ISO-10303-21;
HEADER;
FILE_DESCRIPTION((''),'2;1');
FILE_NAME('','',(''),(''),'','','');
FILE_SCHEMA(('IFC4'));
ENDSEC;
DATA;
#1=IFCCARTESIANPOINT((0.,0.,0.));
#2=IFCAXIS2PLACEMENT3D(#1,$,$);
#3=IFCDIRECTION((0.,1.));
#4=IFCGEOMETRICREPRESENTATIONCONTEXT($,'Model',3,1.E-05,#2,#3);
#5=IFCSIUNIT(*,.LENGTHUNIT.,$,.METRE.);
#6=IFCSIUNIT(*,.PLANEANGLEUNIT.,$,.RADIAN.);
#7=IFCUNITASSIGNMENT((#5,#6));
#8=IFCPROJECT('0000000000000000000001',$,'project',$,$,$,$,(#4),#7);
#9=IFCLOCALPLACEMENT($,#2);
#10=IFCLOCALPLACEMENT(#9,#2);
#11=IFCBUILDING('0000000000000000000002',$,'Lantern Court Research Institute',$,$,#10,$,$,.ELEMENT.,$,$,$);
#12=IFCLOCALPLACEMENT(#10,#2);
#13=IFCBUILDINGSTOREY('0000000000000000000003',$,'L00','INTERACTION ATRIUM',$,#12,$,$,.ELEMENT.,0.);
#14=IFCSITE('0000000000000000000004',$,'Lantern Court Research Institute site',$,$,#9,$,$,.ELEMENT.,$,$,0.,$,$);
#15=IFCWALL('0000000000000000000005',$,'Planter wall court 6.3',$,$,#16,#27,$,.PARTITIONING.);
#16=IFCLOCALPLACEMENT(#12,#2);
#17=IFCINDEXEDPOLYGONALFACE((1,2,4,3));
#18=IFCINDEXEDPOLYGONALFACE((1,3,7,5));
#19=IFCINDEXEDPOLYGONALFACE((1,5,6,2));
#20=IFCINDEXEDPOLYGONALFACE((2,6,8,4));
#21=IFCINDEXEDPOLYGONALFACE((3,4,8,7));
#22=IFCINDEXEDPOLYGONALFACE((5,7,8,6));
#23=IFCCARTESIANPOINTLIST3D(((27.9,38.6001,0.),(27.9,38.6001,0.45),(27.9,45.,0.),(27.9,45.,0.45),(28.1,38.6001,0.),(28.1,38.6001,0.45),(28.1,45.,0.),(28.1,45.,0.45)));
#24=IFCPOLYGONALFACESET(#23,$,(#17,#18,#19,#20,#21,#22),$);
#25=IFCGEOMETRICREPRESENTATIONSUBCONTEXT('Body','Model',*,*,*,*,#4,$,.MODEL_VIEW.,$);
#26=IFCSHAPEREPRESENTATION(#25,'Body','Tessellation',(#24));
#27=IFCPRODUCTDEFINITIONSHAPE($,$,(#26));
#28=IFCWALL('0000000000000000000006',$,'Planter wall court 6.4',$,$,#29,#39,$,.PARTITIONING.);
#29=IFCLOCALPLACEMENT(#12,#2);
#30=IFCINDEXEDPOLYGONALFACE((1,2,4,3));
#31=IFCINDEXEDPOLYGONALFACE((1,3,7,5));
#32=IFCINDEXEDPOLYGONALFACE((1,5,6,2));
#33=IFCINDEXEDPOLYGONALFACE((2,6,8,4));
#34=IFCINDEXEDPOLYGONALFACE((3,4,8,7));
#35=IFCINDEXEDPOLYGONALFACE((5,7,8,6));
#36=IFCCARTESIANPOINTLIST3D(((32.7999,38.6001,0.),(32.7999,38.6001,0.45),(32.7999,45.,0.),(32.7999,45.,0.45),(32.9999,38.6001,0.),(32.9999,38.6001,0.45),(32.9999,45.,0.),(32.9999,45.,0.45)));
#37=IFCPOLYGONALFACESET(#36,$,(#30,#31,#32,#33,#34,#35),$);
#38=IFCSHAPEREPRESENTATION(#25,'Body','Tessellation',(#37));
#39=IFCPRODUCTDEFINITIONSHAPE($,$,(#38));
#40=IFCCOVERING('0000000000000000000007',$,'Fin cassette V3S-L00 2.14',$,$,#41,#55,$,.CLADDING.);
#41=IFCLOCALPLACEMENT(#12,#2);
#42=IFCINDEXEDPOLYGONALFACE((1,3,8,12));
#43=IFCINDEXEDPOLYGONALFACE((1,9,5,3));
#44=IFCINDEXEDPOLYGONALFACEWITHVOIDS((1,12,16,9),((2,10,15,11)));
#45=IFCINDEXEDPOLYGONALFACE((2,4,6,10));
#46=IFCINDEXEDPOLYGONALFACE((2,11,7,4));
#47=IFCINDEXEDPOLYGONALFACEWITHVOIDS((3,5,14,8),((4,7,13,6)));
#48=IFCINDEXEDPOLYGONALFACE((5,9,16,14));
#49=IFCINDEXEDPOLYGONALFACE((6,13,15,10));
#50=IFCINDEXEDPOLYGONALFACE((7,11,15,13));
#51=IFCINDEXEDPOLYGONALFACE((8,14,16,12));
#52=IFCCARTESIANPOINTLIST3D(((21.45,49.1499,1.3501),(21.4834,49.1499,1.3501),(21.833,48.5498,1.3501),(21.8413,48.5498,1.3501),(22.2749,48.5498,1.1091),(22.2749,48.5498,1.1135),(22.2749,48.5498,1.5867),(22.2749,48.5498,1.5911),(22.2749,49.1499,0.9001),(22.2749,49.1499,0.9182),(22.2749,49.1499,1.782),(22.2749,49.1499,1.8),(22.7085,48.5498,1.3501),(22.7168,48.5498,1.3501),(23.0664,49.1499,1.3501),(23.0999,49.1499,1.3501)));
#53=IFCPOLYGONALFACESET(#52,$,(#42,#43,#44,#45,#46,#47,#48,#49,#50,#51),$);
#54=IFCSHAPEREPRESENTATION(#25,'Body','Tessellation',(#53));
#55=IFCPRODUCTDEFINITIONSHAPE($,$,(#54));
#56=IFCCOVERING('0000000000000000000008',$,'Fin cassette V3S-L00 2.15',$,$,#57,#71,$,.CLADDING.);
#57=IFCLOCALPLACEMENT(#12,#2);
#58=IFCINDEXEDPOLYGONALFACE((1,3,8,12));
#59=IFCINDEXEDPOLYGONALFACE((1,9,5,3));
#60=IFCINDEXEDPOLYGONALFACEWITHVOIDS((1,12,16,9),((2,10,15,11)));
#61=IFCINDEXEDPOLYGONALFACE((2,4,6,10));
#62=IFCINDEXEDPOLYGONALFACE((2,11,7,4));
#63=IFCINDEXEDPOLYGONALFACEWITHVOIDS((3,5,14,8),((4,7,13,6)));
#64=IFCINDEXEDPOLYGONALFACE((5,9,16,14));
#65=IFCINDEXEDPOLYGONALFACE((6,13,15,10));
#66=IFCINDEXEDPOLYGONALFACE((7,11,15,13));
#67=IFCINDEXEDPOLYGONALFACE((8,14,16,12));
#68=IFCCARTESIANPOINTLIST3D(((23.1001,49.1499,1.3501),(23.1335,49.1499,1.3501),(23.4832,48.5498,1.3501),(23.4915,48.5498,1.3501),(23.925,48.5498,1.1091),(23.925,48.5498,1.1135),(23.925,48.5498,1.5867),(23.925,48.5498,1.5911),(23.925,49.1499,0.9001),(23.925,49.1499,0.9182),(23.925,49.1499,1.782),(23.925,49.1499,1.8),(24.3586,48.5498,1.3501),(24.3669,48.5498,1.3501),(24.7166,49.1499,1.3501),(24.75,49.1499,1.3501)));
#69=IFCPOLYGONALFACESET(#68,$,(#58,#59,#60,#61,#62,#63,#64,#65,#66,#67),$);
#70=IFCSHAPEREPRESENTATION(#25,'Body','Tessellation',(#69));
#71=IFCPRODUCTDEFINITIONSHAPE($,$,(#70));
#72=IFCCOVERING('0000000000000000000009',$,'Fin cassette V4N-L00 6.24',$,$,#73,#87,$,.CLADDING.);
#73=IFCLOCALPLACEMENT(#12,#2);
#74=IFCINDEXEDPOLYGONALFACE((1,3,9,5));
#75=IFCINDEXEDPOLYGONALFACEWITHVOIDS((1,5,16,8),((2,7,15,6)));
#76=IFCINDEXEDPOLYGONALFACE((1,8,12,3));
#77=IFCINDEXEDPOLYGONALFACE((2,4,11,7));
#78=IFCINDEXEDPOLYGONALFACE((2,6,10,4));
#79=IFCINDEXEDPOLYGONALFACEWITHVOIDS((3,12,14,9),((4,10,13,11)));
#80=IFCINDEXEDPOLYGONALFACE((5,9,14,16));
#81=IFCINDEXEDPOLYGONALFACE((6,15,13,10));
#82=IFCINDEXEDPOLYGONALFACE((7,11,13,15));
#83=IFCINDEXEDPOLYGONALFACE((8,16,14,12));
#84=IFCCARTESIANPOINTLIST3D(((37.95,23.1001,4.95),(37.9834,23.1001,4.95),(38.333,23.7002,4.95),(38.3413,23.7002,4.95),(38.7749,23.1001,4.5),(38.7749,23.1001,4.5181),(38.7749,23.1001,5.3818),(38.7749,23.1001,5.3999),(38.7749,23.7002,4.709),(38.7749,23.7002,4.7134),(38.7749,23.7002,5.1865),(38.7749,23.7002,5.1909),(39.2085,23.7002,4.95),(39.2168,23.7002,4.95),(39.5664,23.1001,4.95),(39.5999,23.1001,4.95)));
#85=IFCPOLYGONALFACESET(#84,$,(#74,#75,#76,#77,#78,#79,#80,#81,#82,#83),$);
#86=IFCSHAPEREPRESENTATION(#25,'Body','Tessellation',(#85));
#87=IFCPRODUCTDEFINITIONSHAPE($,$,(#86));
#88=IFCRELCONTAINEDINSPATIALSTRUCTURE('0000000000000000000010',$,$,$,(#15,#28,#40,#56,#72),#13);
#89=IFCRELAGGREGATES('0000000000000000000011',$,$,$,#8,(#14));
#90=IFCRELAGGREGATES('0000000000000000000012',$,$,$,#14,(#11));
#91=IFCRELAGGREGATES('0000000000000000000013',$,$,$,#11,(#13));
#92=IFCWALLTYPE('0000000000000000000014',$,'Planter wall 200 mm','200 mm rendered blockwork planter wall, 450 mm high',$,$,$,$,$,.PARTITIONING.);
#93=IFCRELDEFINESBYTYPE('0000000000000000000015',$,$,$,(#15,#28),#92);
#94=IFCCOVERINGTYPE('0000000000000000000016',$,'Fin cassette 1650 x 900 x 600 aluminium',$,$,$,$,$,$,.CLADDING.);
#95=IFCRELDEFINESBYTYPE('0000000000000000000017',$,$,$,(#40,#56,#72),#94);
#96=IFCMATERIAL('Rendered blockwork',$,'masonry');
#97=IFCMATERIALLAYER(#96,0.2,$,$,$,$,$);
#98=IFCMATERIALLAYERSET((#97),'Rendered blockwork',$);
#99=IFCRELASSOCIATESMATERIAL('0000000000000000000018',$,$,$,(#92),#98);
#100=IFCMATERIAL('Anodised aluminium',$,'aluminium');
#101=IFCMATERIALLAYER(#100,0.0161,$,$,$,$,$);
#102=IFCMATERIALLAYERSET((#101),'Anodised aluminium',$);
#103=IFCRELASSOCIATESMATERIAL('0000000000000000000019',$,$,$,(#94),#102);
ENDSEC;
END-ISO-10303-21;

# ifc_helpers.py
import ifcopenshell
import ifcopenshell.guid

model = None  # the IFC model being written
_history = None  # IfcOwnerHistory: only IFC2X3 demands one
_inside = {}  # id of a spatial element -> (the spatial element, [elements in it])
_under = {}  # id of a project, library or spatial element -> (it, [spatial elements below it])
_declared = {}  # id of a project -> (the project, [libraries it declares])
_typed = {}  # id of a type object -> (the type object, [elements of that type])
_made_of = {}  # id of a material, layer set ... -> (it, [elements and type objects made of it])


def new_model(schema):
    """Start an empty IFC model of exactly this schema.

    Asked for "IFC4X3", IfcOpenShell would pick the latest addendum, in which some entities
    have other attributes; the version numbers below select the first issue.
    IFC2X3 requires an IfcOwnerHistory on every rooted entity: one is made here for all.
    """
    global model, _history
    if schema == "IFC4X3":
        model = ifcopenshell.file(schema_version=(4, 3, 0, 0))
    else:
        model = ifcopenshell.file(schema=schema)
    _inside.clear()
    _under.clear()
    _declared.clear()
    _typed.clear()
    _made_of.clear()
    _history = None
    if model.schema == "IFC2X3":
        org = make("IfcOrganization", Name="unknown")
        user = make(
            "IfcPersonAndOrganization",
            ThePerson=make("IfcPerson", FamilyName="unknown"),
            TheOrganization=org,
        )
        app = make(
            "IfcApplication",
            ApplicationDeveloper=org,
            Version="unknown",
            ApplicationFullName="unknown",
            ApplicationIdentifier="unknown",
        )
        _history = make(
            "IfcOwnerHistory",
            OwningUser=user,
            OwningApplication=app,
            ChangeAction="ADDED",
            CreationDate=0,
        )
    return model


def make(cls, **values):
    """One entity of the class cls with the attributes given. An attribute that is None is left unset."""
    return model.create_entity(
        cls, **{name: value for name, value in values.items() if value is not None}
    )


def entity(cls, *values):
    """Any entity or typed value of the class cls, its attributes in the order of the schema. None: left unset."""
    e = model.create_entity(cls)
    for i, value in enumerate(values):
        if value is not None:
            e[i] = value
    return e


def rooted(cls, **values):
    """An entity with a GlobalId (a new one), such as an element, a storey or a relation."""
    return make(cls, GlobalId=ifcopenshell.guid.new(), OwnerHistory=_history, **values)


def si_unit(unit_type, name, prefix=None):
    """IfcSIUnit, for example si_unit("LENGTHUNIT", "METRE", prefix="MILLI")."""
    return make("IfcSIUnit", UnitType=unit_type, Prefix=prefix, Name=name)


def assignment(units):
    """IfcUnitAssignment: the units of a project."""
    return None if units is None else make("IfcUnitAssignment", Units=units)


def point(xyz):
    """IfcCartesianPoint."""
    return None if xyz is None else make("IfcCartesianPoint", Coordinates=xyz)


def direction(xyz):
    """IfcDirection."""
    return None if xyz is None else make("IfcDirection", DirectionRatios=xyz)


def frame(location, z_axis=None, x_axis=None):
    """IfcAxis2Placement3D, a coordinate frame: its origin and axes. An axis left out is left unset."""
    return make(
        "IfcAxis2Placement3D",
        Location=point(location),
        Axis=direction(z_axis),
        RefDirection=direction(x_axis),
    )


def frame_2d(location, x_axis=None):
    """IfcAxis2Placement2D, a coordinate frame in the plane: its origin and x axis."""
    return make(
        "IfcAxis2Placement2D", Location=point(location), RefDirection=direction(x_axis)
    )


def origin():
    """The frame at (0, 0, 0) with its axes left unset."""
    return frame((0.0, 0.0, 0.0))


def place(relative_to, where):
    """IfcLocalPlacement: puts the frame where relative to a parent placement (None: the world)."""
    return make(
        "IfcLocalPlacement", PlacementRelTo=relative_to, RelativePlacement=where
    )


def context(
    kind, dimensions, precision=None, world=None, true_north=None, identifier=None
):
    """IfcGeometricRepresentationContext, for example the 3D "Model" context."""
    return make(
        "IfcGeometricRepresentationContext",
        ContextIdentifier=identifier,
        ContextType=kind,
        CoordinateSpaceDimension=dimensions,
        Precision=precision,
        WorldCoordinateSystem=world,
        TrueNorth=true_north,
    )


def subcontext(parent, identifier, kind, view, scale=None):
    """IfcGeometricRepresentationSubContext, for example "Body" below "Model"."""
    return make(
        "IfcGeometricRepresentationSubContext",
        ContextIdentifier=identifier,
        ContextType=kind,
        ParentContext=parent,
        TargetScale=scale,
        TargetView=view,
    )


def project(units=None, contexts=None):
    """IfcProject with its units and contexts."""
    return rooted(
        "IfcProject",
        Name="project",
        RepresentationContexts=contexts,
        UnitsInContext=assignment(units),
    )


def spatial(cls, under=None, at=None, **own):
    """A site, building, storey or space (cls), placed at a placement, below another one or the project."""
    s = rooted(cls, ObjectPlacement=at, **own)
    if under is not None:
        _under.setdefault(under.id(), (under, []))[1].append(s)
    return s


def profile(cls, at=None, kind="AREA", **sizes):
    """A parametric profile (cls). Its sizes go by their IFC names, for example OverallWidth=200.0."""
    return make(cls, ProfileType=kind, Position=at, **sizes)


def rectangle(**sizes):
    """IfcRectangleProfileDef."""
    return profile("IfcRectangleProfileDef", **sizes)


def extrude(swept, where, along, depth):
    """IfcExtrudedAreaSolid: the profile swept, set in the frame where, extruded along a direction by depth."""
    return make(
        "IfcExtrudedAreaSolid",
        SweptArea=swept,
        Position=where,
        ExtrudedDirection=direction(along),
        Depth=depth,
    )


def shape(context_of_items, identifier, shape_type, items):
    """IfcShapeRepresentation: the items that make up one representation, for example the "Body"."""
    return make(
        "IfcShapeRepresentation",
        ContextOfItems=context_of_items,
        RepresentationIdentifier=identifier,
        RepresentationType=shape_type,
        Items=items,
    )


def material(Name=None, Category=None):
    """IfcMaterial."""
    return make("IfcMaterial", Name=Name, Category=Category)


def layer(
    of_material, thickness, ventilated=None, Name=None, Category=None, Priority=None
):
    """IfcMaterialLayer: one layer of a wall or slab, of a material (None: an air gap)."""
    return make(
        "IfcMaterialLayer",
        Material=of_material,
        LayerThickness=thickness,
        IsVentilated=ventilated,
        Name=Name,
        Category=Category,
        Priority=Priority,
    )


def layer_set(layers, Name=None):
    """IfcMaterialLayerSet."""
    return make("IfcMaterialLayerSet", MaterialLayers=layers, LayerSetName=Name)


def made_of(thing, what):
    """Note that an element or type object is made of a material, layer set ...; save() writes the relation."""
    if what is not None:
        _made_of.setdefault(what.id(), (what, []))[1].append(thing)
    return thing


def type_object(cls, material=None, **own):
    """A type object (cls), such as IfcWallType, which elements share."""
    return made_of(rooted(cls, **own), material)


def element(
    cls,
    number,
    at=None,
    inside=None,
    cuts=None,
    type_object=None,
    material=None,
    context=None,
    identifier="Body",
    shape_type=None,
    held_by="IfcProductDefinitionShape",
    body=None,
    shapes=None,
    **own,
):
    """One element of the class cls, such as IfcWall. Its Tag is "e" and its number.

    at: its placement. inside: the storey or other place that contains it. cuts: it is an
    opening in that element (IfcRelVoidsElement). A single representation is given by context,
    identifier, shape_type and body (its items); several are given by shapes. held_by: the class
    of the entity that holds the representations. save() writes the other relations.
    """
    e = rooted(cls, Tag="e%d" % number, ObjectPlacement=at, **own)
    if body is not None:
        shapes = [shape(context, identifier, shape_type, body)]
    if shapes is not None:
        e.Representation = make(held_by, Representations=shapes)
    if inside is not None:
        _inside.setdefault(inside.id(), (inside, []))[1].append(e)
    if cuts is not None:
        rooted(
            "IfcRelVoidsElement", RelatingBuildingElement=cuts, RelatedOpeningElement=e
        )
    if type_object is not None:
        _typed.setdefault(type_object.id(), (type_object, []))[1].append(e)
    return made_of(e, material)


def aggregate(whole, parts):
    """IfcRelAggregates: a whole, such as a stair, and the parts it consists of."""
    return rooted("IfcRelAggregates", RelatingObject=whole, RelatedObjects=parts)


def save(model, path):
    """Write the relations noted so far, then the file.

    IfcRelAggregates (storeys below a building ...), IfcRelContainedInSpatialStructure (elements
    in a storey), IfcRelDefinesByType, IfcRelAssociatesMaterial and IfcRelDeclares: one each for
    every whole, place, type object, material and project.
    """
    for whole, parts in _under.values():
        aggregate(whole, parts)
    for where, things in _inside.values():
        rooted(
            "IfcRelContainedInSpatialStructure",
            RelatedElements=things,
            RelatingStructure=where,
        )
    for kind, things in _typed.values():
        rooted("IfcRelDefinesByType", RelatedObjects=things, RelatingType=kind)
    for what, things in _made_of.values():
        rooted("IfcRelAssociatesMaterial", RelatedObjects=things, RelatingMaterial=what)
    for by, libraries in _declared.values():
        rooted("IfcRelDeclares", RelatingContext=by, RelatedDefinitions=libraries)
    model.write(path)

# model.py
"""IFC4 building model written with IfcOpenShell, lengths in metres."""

from ifc_helpers import new_model, entity, si_unit, direction, frame, frame_2d, origin, place, context, subcontext, project, spatial, rectangle, extrude, material, layer, layer_set, type_object, element, save


model = new_model("IFC4")

# Units and contexts
model_context = context("Model", 3, precision=1e-05, world=origin(), true_north=direction((0.0, 1.0)))
body_context = subcontext(model_context, "Body", "Model", "MODEL_VIEW")
ifc_project = project(units=[si_unit("LENGTHUNIT", "METRE"), si_unit("PLANEANGLEUNIT", "RADIAN")], contexts=[model_context])

# Site, building, storey
site_placement = place(None, origin())
site = spatial("IfcSite", under=ifc_project, at=site_placement, Name="Lantern Court Research Institute site", CompositionType="ELEMENT", RefElevation=0.0)
building_placement = place(site_placement, origin())
building = spatial("IfcBuilding", under=site, at=building_placement, Name="Lantern Court Research Institute", CompositionType="ELEMENT")
storey_placement = place(building_placement, origin())
storey = spatial("IfcBuildingStorey", under=building, at=storey_placement, Name="L00", Description="INTERACTION ATRIUM", CompositionType="ELEMENT", Elevation=0.0)

# Walls
ifc_material_1 = material(Name="Rendered blockwork", Category="masonry")
ifc_layer_1 = layer(ifc_material_1, 0.2)
ifc_layer_set_1 = layer_set([ifc_layer_1], Name="Rendered blockwork")
wall_type_1 = type_object("IfcWallType", Name="Planter wall 200 mm", Description="200 mm rendered blockwork planter wall, 450 mm high", PredefinedType="PARTITIONING", material=ifc_layer_set_1)
for number, where, z_axis, x_axis, name in (
    (1, (28.0, 38.6001, 0.0), (0.0, 0.0, 1.0), (0.0, 1.0, 0.0), "Planter wall court 6.3"),
    (2, (32.8999, 38.6001, 0.0), (0.0, 0.0, 1.0), (0.0, 1.0, 0.0), "Planter wall court 6.4"),
):
    element("IfcWall", number, at=place(storey_placement, frame(where, z_axis=z_axis, x_axis=x_axis)), inside=storey, type_object=wall_type_1, Name=name, PredefinedType="PARTITIONING", context=body_context, shape_type="SweptSolid", body=[
        extrude(rectangle(XDim=6.3999, YDim=0.2, at=frame_2d((3.2, 0.0))), origin(), (0.0, 0.0, 1.0), 0.45),
    ])

# Coverings
ifc_material_2 = material(Name="Anodised aluminium", Category="aluminium")
ifc_layer_2 = layer(ifc_material_2, 0.0161)
ifc_layer_set_2 = layer_set([ifc_layer_2], Name="Anodised aluminium")
covering_type = type_object("IfcCoveringType", Name="Fin cassette 1650 x 900 x 600 aluminium", PredefinedType="CLADDING", material=ifc_layer_set_2)
covering_1_placement = place(storey_placement, frame((22.2749, 49.1499, 1.3501), z_axis=(0.0, -1.0, 0.0), x_axis=(1.0, 0.0, 0.0)))
cartesian_point_1 = entity("IfcCartesianPoint", [0.825, 0.0])
cartesian_point_2 = entity("IfcCartesianPoint", [0.7915, 0.0])
cartesian_point_3 = entity("IfcCartesianPoint", [0.4419, 0.0])
cartesian_point_4 = entity("IfcCartesianPoint", [0.4336, 0.0])
element("IfcCovering", 3, at=covering_1_placement, inside=storey, type_object=covering_type, Name="Fin cassette V3S-L00 2.14", PredefinedType="CLADDING", context=body_context, shape_type="SweptSolid", body=[
    entity("IfcExtrudedAreaSolidTapered", entity("IfcArbitraryProfileDefWithVoids", "AREA", None, entity("IfcPolyline", [cartesian_point_1, entity("IfcCartesianPoint", [0.0, 0.45]), entity("IfcCartesianPoint", [-0.825, 0.0]), entity("IfcCartesianPoint", [0.0, -0.45]), cartesian_point_1]), [entity("IfcPolyline", [cartesian_point_2, entity("IfcCartesianPoint", [0.0, 0.4319]), entity("IfcCartesianPoint", [-0.7915, 0.0]), entity("IfcCartesianPoint", [0.0, -0.4319]), cartesian_point_2])]), entity("IfcAxis2Placement3D", entity("IfcCartesianPoint", [0.0, 0.0, 0.0])), entity("IfcDirection", [0.0, 0.0, 1.0]), 0.6001, entity("IfcArbitraryProfileDefWithVoids", "AREA", None, entity("IfcPolyline", [cartesian_point_3, entity("IfcCartesianPoint", [0.0, 0.241]), entity("IfcCartesianPoint", [-0.4419, 0.0]), entity("IfcCartesianPoint", [0.0, -0.241]), cartesian_point_3]), [entity("IfcPolyline", [cartesian_point_4, entity("IfcCartesianPoint", [0.0, 0.2366]), entity("IfcCartesianPoint", [-0.4336, 0.0]), entity("IfcCartesianPoint", [0.0, -0.2366]), cartesian_point_4])])),
])
covering_2_placement = place(storey_placement, frame((23.925, 49.1499, 1.3501), z_axis=(0.0, -1.0, 0.0), x_axis=(1.0, 0.0, 0.0)))
cartesian_point_5 = entity("IfcCartesianPoint", [0.825, 0.0])
cartesian_point_6 = entity("IfcCartesianPoint", [0.7915, 0.0])
cartesian_point_7 = entity("IfcCartesianPoint", [0.4419, 0.0])
cartesian_point_8 = entity("IfcCartesianPoint", [0.4336, 0.0])
element("IfcCovering", 4, at=covering_2_placement, inside=storey, type_object=covering_type, Name="Fin cassette V3S-L00 2.15", PredefinedType="CLADDING", context=body_context, shape_type="SweptSolid", body=[
    entity("IfcExtrudedAreaSolidTapered", entity("IfcArbitraryProfileDefWithVoids", "AREA", None, entity("IfcPolyline", [cartesian_point_5, entity("IfcCartesianPoint", [0.0, 0.45]), entity("IfcCartesianPoint", [-0.825, 0.0]), entity("IfcCartesianPoint", [0.0, -0.45]), cartesian_point_5]), [entity("IfcPolyline", [cartesian_point_6, entity("IfcCartesianPoint", [0.0, 0.4319]), entity("IfcCartesianPoint", [-0.7915, 0.0]), entity("IfcCartesianPoint", [0.0, -0.4319]), cartesian_point_6])]), entity("IfcAxis2Placement3D", entity("IfcCartesianPoint", [0.0, 0.0, 0.0])), entity("IfcDirection", [0.0, 0.0, 1.0]), 0.6001, entity("IfcArbitraryProfileDefWithVoids", "AREA", None, entity("IfcPolyline", [cartesian_point_7, entity("IfcCartesianPoint", [0.0, 0.241]), entity("IfcCartesianPoint", [-0.4419, 0.0]), entity("IfcCartesianPoint", [0.0, -0.241]), cartesian_point_7]), [entity("IfcPolyline", [cartesian_point_8, entity("IfcCartesianPoint", [0.0, 0.2366]), entity("IfcCartesianPoint", [-0.4336, 0.0]), entity("IfcCartesianPoint", [0.0, -0.2366]), cartesian_point_8])])),
])
covering_3_placement = place(storey_placement, frame((38.7749, 23.1001, 4.95), z_axis=(0.0, 1.0, 0.0), x_axis=(-1.0, 0.0, 0.0)))
cartesian_point_9 = entity("IfcCartesianPoint", [0.825, 0.0])
cartesian_point_10 = entity("IfcCartesianPoint", [0.7915, 0.0])
cartesian_point_11 = entity("IfcCartesianPoint", [0.4419, 0.0])
cartesian_point_12 = entity("IfcCartesianPoint", [0.4336, 0.0])
element("IfcCovering", 5, at=covering_3_placement, inside=storey, type_object=covering_type, Name="Fin cassette V4N-L00 6.24", PredefinedType="CLADDING", context=body_context, shape_type="SweptSolid", body=[
    entity("IfcExtrudedAreaSolidTapered", entity("IfcArbitraryProfileDefWithVoids", "AREA", None, entity("IfcPolyline", [cartesian_point_9, entity("IfcCartesianPoint", [0.0, 0.45]), entity("IfcCartesianPoint", [-0.825, 0.0]), entity("IfcCartesianPoint", [0.0, -0.45]), cartesian_point_9]), [entity("IfcPolyline", [cartesian_point_10, entity("IfcCartesianPoint", [0.0, 0.4319]), entity("IfcCartesianPoint", [-0.7915, 0.0]), entity("IfcCartesianPoint", [0.0, -0.4319]), cartesian_point_10])]), entity("IfcAxis2Placement3D", entity("IfcCartesianPoint", [0.0, 0.0, 0.0])), entity("IfcDirection", [0.0, 0.0, 1.0]), 0.6001, entity("IfcArbitraryProfileDefWithVoids", "AREA", None, entity("IfcPolyline", [cartesian_point_11, entity("IfcCartesianPoint", [0.0, 0.241]), entity("IfcCartesianPoint", [-0.4419, 0.0]), entity("IfcCartesianPoint", [0.0, -0.241]), cartesian_point_11]), [entity("IfcPolyline", [cartesian_point_12, entity("IfcCartesianPoint", [0.0, 0.2366]), entity("IfcCartesianPoint", [-0.4336, 0.0]), entity("IfcCartesianPoint", [0.0, -0.2366]), cartesian_point_12])])),
])

save(model, "model.ifc")
